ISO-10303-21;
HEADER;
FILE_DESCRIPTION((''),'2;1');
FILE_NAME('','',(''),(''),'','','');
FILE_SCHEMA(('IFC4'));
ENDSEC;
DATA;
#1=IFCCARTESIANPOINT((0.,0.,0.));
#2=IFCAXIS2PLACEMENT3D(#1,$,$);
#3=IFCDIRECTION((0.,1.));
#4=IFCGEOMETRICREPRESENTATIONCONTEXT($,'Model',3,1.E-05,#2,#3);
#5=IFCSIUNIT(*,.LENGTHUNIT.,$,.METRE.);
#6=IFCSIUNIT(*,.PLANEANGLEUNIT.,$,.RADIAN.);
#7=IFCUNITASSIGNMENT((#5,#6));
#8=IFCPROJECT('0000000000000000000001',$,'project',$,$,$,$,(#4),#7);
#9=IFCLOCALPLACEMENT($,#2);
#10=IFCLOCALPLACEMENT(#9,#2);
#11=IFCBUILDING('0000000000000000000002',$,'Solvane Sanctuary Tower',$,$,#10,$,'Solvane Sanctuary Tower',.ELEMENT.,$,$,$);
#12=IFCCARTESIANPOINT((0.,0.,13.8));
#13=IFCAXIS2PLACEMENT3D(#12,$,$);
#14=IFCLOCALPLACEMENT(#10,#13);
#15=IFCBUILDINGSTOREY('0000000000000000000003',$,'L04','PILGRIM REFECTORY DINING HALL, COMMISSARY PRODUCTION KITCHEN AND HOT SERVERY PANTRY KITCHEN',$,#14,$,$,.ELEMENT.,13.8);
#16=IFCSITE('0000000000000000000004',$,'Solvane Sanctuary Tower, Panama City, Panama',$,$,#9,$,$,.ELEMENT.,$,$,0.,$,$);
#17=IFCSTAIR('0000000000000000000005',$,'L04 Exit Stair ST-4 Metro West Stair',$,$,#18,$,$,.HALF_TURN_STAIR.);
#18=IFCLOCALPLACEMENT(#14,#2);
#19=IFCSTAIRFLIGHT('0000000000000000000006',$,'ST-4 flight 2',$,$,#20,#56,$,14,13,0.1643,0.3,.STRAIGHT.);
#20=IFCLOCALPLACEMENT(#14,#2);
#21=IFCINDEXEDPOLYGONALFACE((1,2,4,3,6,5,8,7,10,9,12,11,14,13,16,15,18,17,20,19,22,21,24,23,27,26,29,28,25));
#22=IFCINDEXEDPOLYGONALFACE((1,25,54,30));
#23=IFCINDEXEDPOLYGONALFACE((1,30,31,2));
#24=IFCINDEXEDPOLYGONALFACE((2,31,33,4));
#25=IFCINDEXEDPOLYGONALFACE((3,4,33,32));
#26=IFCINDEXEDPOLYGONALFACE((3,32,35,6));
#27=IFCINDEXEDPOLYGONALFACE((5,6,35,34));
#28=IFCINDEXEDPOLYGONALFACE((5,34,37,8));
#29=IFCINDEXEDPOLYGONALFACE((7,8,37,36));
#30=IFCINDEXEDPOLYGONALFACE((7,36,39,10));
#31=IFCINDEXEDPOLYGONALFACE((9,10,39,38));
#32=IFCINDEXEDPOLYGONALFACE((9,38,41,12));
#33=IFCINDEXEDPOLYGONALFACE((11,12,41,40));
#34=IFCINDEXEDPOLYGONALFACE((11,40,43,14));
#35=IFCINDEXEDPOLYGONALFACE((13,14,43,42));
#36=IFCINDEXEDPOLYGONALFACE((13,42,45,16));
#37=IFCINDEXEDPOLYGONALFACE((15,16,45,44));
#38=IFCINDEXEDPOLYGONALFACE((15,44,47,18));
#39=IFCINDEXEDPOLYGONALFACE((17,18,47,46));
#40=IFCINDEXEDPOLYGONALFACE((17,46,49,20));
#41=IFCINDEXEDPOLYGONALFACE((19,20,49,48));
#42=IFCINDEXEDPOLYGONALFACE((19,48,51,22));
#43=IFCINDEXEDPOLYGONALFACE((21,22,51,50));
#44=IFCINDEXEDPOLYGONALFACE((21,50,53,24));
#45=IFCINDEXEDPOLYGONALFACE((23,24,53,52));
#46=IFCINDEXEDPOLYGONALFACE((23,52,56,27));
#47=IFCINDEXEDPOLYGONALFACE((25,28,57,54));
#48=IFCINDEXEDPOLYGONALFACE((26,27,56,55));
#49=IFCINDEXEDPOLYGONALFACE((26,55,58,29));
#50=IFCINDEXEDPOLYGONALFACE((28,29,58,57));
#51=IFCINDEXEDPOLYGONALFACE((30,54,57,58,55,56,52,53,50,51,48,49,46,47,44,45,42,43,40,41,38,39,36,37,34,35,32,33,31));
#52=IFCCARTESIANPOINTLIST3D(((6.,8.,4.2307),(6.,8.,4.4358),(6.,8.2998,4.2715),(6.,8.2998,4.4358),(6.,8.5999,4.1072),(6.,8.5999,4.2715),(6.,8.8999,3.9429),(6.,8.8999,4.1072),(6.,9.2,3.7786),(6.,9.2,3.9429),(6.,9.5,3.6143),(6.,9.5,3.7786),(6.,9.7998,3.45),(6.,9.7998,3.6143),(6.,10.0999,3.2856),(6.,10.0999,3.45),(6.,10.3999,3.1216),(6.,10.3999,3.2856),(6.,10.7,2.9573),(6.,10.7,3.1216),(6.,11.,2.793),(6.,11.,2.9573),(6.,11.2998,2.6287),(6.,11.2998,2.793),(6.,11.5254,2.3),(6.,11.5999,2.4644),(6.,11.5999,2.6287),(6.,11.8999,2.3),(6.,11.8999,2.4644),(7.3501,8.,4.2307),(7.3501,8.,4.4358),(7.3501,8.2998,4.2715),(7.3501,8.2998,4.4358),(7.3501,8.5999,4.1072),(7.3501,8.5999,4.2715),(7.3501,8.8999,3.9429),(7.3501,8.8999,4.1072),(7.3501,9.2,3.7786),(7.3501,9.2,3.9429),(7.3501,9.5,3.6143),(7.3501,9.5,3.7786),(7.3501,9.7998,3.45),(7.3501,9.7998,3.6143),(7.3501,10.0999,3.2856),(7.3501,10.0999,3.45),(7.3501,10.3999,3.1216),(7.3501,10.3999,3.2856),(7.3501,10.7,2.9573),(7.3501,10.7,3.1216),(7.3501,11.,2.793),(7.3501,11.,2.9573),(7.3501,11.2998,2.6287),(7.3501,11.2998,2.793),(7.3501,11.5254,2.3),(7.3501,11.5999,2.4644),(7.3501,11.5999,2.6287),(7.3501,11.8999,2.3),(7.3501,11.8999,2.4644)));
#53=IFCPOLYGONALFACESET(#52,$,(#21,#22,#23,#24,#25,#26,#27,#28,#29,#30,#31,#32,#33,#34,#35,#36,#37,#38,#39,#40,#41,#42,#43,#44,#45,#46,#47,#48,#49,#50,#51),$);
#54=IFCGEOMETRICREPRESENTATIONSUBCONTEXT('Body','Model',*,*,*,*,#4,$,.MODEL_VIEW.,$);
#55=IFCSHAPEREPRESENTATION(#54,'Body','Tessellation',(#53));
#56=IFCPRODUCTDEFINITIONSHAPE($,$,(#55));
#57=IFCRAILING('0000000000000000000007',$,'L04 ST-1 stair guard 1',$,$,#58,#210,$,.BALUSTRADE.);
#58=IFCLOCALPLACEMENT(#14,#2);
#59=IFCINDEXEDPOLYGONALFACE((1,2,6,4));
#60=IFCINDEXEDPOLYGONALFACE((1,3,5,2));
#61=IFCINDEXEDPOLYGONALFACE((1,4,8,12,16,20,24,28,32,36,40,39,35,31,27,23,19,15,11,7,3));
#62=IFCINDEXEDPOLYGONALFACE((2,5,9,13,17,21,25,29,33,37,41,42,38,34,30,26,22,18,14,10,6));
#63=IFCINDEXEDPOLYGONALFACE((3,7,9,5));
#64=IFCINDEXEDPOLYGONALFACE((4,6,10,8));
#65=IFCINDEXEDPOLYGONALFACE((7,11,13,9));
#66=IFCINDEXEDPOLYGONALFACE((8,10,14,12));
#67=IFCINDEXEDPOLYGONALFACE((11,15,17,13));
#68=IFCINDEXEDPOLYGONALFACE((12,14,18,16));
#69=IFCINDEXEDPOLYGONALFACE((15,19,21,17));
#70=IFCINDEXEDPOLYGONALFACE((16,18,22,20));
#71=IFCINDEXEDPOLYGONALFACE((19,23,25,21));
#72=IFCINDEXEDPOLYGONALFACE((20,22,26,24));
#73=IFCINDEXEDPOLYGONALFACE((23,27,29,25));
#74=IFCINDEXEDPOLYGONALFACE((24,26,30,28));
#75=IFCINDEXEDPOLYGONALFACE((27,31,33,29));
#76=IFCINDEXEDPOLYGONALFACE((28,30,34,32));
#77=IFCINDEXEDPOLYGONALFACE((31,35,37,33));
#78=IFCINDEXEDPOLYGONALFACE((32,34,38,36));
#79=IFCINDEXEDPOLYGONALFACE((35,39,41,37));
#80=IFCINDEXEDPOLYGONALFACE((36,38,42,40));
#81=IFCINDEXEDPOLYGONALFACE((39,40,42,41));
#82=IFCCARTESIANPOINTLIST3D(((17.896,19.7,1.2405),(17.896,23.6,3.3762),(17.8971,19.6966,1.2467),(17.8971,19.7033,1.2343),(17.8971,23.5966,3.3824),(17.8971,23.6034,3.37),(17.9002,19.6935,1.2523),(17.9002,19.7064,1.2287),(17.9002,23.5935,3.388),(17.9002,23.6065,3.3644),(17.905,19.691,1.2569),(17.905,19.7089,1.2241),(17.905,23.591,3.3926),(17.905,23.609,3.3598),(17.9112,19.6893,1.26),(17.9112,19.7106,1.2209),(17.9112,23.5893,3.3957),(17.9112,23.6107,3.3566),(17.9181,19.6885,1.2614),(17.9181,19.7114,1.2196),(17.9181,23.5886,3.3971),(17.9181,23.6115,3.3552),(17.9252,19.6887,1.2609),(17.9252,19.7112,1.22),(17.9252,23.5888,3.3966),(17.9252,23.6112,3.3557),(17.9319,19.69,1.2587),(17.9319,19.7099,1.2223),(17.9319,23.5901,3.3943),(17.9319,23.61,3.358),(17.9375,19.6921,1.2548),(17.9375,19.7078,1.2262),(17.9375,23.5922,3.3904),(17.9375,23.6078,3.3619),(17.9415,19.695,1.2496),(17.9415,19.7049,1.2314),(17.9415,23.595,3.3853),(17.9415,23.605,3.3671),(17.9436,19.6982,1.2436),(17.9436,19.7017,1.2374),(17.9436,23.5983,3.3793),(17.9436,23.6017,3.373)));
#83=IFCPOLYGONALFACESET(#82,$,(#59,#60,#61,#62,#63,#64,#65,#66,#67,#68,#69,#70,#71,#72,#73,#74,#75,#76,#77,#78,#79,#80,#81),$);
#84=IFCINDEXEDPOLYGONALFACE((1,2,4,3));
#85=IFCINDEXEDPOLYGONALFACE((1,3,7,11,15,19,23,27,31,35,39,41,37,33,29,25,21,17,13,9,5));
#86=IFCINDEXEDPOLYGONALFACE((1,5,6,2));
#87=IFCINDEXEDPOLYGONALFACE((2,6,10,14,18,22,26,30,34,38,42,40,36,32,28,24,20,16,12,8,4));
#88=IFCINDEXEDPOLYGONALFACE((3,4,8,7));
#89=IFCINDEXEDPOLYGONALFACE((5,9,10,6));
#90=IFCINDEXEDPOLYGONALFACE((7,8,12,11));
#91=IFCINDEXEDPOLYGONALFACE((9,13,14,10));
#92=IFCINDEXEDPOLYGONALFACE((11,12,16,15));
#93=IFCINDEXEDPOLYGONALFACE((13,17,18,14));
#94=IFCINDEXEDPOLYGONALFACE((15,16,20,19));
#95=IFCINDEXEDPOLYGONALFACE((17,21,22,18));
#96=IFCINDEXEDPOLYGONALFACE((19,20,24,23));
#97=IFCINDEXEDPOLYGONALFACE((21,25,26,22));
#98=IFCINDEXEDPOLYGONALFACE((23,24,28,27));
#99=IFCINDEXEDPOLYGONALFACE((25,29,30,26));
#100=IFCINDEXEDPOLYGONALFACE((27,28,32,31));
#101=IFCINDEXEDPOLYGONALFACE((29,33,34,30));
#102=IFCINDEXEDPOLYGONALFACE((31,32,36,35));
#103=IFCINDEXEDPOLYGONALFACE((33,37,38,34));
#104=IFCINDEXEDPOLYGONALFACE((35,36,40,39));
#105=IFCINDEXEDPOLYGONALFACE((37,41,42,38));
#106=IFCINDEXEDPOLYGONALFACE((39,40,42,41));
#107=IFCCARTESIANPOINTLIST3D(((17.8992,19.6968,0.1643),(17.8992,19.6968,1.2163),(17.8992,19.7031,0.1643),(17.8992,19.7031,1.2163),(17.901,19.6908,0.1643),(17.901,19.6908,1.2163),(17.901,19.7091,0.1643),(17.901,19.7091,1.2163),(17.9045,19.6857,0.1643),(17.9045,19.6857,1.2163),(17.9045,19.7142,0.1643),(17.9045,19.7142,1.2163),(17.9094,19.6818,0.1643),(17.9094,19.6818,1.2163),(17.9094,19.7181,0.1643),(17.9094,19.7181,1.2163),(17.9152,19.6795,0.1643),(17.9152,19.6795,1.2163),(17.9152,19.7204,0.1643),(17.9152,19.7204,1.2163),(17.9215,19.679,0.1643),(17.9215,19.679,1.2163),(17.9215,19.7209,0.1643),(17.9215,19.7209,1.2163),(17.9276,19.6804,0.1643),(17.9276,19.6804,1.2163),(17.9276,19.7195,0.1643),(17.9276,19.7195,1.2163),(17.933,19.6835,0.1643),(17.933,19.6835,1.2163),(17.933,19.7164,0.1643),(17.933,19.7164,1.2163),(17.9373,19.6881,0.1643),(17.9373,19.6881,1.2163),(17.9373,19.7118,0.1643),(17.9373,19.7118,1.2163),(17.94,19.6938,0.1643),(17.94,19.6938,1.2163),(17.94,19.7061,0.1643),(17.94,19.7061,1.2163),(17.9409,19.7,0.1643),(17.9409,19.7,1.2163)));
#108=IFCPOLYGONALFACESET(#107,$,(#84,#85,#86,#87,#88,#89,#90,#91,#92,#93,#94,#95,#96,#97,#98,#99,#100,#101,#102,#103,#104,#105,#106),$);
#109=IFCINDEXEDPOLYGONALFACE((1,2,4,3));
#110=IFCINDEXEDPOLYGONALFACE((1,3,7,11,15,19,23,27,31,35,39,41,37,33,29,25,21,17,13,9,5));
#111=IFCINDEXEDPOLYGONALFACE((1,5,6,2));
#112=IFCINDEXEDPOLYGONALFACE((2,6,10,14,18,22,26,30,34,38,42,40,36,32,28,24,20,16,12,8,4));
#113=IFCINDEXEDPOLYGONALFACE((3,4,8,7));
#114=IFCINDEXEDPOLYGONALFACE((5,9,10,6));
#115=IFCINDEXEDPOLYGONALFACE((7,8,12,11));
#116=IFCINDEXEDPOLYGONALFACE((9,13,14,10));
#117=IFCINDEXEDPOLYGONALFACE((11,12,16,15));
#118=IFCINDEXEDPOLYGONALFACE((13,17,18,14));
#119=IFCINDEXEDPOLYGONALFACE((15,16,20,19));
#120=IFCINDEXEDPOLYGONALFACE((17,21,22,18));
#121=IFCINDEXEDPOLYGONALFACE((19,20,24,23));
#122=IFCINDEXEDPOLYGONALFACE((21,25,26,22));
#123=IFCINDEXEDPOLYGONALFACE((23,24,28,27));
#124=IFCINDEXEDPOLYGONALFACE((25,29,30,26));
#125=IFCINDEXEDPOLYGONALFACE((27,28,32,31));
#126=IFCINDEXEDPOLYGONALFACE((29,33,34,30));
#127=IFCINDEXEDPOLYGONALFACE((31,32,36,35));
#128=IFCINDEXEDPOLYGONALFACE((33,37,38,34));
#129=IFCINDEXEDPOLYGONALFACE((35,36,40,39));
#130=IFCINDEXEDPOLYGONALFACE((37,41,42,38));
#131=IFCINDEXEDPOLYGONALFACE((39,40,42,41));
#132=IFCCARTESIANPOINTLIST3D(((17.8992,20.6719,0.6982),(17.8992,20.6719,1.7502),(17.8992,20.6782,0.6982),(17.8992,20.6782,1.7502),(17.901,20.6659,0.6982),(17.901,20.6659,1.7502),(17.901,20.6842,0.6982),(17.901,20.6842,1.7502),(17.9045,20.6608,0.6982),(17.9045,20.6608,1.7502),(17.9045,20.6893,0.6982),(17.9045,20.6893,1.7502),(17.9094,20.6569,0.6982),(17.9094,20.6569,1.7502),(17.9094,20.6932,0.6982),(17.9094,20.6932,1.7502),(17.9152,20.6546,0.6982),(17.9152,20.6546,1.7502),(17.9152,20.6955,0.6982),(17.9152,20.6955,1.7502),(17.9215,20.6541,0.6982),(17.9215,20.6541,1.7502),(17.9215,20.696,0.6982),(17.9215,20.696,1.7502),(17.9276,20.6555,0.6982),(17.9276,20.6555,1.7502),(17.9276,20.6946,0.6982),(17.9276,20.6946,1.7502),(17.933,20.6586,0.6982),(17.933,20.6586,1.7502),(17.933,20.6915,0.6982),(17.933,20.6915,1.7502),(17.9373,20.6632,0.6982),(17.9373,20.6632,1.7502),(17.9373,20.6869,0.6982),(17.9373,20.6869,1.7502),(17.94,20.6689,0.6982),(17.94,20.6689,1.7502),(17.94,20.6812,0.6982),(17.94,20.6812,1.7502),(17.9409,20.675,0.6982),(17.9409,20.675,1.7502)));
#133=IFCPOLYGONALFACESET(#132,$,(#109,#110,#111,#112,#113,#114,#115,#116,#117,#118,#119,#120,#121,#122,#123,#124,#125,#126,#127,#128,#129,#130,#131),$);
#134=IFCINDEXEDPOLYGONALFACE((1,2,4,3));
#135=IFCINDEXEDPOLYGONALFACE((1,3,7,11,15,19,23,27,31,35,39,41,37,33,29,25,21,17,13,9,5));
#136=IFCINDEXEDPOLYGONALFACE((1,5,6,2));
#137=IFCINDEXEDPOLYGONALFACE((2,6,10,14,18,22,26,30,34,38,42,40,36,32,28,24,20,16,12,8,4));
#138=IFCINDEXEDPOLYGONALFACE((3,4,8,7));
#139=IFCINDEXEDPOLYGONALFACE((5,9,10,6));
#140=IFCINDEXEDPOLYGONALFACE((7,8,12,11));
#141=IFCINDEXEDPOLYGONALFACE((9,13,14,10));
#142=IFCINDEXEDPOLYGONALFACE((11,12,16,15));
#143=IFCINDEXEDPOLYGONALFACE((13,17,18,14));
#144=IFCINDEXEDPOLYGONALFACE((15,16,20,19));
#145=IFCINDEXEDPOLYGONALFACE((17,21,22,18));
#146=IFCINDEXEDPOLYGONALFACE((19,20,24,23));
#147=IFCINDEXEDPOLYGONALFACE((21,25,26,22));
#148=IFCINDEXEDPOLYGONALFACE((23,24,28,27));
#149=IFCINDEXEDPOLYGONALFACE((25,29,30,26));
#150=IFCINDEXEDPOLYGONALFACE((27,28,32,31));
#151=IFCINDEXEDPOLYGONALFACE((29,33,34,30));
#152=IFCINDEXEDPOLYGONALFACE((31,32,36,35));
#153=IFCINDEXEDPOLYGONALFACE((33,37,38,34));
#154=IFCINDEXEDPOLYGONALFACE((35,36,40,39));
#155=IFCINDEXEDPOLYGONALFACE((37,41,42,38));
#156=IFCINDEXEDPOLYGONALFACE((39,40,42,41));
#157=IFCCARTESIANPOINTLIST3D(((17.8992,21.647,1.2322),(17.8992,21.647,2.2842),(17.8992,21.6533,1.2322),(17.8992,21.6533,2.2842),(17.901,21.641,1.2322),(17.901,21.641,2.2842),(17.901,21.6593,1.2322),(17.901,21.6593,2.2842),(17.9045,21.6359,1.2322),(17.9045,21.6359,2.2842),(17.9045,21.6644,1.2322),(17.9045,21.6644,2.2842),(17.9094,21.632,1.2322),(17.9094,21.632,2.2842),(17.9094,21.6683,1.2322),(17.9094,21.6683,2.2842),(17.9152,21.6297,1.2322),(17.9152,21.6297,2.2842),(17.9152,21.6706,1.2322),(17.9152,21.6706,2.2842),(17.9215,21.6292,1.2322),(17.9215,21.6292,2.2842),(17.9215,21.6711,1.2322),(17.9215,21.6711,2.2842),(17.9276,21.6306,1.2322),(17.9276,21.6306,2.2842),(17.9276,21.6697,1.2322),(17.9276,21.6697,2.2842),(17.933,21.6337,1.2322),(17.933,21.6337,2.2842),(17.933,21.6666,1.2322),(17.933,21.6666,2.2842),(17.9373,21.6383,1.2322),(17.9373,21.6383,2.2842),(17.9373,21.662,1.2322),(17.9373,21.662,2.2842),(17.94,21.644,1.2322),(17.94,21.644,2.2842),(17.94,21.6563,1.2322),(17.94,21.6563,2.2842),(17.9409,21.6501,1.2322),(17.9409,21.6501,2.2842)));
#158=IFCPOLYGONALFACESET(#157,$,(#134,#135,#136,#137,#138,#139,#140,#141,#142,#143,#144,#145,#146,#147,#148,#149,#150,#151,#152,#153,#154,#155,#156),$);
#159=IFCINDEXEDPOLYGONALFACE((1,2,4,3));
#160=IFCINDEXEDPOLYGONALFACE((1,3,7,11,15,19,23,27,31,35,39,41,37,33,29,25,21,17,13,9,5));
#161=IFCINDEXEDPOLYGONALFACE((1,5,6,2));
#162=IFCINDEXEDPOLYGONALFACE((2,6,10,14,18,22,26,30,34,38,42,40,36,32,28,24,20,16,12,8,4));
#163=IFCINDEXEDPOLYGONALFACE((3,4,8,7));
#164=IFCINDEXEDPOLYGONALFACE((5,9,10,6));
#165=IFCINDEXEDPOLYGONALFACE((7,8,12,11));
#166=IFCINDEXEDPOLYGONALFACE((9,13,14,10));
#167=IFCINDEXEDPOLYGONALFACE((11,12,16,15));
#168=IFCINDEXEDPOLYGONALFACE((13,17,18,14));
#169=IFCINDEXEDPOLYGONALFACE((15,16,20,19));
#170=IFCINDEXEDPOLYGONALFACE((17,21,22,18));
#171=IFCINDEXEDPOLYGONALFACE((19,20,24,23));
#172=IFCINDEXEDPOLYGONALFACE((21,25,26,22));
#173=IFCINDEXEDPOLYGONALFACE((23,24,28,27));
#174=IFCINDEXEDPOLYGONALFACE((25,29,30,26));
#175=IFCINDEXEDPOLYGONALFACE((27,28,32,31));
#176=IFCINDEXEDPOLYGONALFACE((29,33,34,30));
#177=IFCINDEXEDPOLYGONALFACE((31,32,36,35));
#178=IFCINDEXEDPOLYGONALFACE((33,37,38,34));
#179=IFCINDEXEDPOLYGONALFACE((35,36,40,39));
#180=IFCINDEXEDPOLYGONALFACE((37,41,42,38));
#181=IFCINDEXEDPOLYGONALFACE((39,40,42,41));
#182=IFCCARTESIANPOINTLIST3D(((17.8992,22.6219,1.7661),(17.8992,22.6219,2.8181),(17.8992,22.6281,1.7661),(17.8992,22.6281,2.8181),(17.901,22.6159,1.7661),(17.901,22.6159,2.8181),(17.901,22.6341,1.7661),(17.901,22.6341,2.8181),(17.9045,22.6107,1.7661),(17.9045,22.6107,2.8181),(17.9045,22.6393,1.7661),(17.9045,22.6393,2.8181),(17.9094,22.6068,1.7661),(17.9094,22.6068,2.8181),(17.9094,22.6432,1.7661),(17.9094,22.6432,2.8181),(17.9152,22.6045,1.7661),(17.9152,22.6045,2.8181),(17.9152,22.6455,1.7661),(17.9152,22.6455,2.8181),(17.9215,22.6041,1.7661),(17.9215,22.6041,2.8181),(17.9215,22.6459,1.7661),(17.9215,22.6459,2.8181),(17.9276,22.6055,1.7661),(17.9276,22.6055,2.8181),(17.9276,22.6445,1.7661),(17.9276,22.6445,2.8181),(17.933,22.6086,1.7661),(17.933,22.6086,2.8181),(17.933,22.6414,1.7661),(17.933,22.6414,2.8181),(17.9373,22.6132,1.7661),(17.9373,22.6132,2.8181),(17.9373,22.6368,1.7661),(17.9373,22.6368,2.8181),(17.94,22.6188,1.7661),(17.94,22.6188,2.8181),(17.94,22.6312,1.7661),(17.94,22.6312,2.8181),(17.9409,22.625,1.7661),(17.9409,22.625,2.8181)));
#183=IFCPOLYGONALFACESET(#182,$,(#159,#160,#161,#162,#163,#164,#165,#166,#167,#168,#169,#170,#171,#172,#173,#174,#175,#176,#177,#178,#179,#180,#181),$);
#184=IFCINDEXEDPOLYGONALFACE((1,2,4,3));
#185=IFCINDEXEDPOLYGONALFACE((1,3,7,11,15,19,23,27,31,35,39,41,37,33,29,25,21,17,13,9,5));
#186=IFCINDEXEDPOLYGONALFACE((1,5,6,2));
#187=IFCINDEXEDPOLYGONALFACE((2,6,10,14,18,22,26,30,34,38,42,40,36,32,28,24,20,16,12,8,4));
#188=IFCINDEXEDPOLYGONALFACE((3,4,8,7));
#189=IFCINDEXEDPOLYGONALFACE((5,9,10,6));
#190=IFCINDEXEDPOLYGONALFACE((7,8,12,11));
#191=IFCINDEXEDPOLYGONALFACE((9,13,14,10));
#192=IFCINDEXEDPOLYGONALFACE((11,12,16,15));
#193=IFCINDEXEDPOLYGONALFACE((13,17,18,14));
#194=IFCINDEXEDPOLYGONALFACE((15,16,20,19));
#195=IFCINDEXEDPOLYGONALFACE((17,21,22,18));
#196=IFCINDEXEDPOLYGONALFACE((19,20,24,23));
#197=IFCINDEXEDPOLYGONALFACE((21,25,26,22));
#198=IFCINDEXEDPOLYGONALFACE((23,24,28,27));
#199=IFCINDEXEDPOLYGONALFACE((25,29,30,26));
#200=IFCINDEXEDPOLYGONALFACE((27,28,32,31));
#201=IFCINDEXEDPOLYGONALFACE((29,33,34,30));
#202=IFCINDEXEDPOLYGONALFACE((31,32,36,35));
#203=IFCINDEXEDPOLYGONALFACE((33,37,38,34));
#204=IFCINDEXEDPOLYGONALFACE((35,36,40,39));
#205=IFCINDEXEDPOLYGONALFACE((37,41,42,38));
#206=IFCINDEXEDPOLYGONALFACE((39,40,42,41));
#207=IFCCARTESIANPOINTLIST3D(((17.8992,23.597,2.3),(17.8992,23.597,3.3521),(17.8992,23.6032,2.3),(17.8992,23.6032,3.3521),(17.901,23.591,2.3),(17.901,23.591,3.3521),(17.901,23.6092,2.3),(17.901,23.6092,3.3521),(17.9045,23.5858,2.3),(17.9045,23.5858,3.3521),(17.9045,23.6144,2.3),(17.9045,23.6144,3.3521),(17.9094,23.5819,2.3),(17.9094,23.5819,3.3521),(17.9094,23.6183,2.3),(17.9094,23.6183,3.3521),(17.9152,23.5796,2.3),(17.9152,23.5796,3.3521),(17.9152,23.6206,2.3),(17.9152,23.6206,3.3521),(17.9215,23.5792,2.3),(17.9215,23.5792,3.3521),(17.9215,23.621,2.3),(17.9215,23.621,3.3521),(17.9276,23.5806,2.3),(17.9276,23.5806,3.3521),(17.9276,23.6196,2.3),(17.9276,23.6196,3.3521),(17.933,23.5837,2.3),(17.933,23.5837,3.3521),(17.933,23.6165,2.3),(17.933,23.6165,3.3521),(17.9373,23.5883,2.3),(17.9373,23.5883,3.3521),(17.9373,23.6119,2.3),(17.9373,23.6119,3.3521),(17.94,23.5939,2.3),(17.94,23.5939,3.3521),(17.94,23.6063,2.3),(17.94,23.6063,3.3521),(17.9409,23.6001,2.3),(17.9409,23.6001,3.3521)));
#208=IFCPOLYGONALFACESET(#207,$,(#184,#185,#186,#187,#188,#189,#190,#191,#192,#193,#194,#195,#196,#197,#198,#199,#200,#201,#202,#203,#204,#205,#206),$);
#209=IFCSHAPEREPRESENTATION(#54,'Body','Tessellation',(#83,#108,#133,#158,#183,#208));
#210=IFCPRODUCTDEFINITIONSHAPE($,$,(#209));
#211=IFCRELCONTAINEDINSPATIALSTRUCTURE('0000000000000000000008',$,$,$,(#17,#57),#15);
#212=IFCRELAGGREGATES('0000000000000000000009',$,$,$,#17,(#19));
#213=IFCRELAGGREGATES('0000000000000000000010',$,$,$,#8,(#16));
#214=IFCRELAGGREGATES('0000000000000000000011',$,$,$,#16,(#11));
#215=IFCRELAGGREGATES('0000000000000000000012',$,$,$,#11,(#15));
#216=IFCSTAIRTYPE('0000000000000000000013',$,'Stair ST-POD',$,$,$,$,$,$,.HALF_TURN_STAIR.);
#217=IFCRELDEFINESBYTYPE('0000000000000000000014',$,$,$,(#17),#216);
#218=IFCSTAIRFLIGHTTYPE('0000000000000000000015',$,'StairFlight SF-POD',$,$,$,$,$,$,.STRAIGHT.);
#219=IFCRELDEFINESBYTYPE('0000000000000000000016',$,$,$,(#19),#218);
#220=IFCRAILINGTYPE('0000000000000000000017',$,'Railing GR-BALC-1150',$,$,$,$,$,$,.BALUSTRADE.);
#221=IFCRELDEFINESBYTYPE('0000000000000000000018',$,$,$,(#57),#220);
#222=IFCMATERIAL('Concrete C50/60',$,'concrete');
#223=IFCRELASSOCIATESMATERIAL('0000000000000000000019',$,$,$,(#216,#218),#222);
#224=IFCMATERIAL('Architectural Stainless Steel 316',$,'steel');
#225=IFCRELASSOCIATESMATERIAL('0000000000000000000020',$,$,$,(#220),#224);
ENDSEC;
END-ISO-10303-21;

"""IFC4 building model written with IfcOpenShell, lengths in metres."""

from ifc_helpers import new_model, si_unit, direction, frame, origin, origin_2d, place, context, subcontext, project, spatial, polyline, circle, outline, extrude, material, type_object, element, aggregate, save


model = new_model("IFC4")

# Units and contexts
model_context = context("Model", 3, precision=1e-05, world=origin(), true_north=direction((0.0, 1.0)))
body_context = subcontext(model_context, "Body", "Model", "MODEL_VIEW")
ifc_project = project(units=[si_unit("LENGTHUNIT", "METRE"), si_unit("PLANEANGLEUNIT", "RADIAN")], contexts=[model_context])

# Site, building, storey
site_placement = place(None, origin())
site = spatial("IfcSite", under=ifc_project, at=site_placement, Name="Solvane Sanctuary Tower, Panama City, Panama", CompositionType="ELEMENT", RefElevation=0.0)
building_placement = place(site_placement, origin())
building = spatial("IfcBuilding", under=site, at=building_placement, Name="Solvane Sanctuary Tower", LongName="Solvane Sanctuary Tower", CompositionType="ELEMENT")
storey_placement = place(building_placement, frame((0.0, 0.0, 13.8)))
storey = spatial("IfcBuildingStorey", under=building, at=storey_placement, Name="L04", Description="PILGRIM REFECTORY DINING HALL, COMMISSARY PRODUCTION KITCHEN AND HOT SERVERY PANTRY KITCHEN", CompositionType="ELEMENT", Elevation=13.8)

# Shared definitions
ifc_material_1 = material(Name="Architectural Stainless Steel 316", Category="steel")

# Shared definitions
ifc_material_2 = material(Name="Concrete C50/60", Category="concrete")

# Stair, stair flight
stair_type = type_object("IfcStairType", Name="Stair ST-POD", PredefinedType="HALF_TURN_STAIR", material=ifc_material_2)
stair_placement = place(storey_placement, origin())
stair = element("IfcStair", 1, at=stair_placement, inside=storey, type_object=stair_type, Name="L04 Exit Stair ST-4 Metro West Stair", PredefinedType="HALF_TURN_STAIR")
stair_flight_type = type_object("IfcStairFlightType", Name="StairFlight SF-POD", PredefinedType="STRAIGHT", material=ifc_material_2)
stair_flight_1_placement = place(storey_placement, frame((6.675, 11.8999, 2.3), z_axis=(0.0, 0.0, 1.0), x_axis=(0.0, -1.0, 0.0)))
stair_flight_1 = element("IfcStairFlight", 2, at=stair_flight_1_placement, type_object=stair_flight_type, Name="ST-4 flight 2", NumberOfRisers=14, NumberOfTreads=13, PredefinedType="STRAIGHT", RiserHeight=0.1643, TreadLength=0.3, context=body_context, shape_type="SweptSolid", body=[
    extrude(outline(polyline([(0.0, 0.0), (0.0, 0.1643), (0.3, 0.1643), (0.3, 0.3286), (0.6001, 0.3286), (0.6001, 0.4929), (0.8999, 0.4929), (0.8999, 0.6572), (1.2, 0.6572), (1.2, 0.8215), (1.5, 0.8215), (1.5, 0.9856), (1.8, 0.9856), (1.8, 1.1499), (2.1001, 1.1499), (2.1001, 1.3142), (2.3999, 1.3142), (2.3999, 1.4785), (2.7, 1.4785), (2.7, 1.6428), (3.0, 1.6428), (3.0, 1.8071), (3.3, 1.8071), (3.3, 1.9714), (3.6001, 1.9714), (3.6001, 2.1357), (3.8999, 2.1357), (3.8999, 2.3), (3.8999, 1.9307), (0.3745, 0.0), (0.0, 0.0)])), frame((0.0, 0.675, 0.0), z_axis=(0.0, -1.0, 0.0), x_axis=(1.0, 0.0, 0.0)), (0.0, 0.0, 1.0), 1.3501),
])
aggregate(stair, [stair_flight_1])

# Railing
railing_type_1 = type_object("IfcRailingType", Name="Railing GR-BALC-1150", PredefinedType="BALUSTRADE", material=ifc_material_1)
railing_1_placement = place(storey_placement, frame((17.9199, 19.7, 0.1643)))
element("IfcRailing", 3, at=railing_1_placement, inside=storey, type_object=railing_type_1, Name="L04 ST-1 stair guard 1", PredefinedType="BALUSTRADE", context=body_context, shape_type="SweptSolid", body=[
    extrude(circle(Radius=0.0239, at=origin_2d()), frame((0.0, 0.0, 1.0762), z_axis=(0.0, 0.877101, 0.480306), x_axis=(-1.0, 0.0, 0.0)), (0.0, 0.0, 1.0), 4.4465),
    extrude(circle(Radius=0.021, at=origin_2d()), origin(), (0.0, 0.0, 1.0), 1.052),
    extrude(circle(Radius=0.021, at=origin_2d()), frame((0.0, 0.9751, 0.5339)), (0.0, 0.0, 1.0), 1.052),
    extrude(circle(Radius=0.021, at=origin_2d()), frame((0.0, 1.9502, 1.0679)), (0.0, 0.0, 1.0), 1.052),
    extrude(circle(Radius=0.021, at=origin_2d()), frame((0.0, 2.925, 1.6018)), (0.0, 0.0, 1.0), 1.052),
    extrude(circle(Radius=0.021, at=origin_2d()), frame((0.0, 3.9001, 2.1357)), (0.0, 0.0, 1.0), 1.052),
])

save(model, "model.ifc")
